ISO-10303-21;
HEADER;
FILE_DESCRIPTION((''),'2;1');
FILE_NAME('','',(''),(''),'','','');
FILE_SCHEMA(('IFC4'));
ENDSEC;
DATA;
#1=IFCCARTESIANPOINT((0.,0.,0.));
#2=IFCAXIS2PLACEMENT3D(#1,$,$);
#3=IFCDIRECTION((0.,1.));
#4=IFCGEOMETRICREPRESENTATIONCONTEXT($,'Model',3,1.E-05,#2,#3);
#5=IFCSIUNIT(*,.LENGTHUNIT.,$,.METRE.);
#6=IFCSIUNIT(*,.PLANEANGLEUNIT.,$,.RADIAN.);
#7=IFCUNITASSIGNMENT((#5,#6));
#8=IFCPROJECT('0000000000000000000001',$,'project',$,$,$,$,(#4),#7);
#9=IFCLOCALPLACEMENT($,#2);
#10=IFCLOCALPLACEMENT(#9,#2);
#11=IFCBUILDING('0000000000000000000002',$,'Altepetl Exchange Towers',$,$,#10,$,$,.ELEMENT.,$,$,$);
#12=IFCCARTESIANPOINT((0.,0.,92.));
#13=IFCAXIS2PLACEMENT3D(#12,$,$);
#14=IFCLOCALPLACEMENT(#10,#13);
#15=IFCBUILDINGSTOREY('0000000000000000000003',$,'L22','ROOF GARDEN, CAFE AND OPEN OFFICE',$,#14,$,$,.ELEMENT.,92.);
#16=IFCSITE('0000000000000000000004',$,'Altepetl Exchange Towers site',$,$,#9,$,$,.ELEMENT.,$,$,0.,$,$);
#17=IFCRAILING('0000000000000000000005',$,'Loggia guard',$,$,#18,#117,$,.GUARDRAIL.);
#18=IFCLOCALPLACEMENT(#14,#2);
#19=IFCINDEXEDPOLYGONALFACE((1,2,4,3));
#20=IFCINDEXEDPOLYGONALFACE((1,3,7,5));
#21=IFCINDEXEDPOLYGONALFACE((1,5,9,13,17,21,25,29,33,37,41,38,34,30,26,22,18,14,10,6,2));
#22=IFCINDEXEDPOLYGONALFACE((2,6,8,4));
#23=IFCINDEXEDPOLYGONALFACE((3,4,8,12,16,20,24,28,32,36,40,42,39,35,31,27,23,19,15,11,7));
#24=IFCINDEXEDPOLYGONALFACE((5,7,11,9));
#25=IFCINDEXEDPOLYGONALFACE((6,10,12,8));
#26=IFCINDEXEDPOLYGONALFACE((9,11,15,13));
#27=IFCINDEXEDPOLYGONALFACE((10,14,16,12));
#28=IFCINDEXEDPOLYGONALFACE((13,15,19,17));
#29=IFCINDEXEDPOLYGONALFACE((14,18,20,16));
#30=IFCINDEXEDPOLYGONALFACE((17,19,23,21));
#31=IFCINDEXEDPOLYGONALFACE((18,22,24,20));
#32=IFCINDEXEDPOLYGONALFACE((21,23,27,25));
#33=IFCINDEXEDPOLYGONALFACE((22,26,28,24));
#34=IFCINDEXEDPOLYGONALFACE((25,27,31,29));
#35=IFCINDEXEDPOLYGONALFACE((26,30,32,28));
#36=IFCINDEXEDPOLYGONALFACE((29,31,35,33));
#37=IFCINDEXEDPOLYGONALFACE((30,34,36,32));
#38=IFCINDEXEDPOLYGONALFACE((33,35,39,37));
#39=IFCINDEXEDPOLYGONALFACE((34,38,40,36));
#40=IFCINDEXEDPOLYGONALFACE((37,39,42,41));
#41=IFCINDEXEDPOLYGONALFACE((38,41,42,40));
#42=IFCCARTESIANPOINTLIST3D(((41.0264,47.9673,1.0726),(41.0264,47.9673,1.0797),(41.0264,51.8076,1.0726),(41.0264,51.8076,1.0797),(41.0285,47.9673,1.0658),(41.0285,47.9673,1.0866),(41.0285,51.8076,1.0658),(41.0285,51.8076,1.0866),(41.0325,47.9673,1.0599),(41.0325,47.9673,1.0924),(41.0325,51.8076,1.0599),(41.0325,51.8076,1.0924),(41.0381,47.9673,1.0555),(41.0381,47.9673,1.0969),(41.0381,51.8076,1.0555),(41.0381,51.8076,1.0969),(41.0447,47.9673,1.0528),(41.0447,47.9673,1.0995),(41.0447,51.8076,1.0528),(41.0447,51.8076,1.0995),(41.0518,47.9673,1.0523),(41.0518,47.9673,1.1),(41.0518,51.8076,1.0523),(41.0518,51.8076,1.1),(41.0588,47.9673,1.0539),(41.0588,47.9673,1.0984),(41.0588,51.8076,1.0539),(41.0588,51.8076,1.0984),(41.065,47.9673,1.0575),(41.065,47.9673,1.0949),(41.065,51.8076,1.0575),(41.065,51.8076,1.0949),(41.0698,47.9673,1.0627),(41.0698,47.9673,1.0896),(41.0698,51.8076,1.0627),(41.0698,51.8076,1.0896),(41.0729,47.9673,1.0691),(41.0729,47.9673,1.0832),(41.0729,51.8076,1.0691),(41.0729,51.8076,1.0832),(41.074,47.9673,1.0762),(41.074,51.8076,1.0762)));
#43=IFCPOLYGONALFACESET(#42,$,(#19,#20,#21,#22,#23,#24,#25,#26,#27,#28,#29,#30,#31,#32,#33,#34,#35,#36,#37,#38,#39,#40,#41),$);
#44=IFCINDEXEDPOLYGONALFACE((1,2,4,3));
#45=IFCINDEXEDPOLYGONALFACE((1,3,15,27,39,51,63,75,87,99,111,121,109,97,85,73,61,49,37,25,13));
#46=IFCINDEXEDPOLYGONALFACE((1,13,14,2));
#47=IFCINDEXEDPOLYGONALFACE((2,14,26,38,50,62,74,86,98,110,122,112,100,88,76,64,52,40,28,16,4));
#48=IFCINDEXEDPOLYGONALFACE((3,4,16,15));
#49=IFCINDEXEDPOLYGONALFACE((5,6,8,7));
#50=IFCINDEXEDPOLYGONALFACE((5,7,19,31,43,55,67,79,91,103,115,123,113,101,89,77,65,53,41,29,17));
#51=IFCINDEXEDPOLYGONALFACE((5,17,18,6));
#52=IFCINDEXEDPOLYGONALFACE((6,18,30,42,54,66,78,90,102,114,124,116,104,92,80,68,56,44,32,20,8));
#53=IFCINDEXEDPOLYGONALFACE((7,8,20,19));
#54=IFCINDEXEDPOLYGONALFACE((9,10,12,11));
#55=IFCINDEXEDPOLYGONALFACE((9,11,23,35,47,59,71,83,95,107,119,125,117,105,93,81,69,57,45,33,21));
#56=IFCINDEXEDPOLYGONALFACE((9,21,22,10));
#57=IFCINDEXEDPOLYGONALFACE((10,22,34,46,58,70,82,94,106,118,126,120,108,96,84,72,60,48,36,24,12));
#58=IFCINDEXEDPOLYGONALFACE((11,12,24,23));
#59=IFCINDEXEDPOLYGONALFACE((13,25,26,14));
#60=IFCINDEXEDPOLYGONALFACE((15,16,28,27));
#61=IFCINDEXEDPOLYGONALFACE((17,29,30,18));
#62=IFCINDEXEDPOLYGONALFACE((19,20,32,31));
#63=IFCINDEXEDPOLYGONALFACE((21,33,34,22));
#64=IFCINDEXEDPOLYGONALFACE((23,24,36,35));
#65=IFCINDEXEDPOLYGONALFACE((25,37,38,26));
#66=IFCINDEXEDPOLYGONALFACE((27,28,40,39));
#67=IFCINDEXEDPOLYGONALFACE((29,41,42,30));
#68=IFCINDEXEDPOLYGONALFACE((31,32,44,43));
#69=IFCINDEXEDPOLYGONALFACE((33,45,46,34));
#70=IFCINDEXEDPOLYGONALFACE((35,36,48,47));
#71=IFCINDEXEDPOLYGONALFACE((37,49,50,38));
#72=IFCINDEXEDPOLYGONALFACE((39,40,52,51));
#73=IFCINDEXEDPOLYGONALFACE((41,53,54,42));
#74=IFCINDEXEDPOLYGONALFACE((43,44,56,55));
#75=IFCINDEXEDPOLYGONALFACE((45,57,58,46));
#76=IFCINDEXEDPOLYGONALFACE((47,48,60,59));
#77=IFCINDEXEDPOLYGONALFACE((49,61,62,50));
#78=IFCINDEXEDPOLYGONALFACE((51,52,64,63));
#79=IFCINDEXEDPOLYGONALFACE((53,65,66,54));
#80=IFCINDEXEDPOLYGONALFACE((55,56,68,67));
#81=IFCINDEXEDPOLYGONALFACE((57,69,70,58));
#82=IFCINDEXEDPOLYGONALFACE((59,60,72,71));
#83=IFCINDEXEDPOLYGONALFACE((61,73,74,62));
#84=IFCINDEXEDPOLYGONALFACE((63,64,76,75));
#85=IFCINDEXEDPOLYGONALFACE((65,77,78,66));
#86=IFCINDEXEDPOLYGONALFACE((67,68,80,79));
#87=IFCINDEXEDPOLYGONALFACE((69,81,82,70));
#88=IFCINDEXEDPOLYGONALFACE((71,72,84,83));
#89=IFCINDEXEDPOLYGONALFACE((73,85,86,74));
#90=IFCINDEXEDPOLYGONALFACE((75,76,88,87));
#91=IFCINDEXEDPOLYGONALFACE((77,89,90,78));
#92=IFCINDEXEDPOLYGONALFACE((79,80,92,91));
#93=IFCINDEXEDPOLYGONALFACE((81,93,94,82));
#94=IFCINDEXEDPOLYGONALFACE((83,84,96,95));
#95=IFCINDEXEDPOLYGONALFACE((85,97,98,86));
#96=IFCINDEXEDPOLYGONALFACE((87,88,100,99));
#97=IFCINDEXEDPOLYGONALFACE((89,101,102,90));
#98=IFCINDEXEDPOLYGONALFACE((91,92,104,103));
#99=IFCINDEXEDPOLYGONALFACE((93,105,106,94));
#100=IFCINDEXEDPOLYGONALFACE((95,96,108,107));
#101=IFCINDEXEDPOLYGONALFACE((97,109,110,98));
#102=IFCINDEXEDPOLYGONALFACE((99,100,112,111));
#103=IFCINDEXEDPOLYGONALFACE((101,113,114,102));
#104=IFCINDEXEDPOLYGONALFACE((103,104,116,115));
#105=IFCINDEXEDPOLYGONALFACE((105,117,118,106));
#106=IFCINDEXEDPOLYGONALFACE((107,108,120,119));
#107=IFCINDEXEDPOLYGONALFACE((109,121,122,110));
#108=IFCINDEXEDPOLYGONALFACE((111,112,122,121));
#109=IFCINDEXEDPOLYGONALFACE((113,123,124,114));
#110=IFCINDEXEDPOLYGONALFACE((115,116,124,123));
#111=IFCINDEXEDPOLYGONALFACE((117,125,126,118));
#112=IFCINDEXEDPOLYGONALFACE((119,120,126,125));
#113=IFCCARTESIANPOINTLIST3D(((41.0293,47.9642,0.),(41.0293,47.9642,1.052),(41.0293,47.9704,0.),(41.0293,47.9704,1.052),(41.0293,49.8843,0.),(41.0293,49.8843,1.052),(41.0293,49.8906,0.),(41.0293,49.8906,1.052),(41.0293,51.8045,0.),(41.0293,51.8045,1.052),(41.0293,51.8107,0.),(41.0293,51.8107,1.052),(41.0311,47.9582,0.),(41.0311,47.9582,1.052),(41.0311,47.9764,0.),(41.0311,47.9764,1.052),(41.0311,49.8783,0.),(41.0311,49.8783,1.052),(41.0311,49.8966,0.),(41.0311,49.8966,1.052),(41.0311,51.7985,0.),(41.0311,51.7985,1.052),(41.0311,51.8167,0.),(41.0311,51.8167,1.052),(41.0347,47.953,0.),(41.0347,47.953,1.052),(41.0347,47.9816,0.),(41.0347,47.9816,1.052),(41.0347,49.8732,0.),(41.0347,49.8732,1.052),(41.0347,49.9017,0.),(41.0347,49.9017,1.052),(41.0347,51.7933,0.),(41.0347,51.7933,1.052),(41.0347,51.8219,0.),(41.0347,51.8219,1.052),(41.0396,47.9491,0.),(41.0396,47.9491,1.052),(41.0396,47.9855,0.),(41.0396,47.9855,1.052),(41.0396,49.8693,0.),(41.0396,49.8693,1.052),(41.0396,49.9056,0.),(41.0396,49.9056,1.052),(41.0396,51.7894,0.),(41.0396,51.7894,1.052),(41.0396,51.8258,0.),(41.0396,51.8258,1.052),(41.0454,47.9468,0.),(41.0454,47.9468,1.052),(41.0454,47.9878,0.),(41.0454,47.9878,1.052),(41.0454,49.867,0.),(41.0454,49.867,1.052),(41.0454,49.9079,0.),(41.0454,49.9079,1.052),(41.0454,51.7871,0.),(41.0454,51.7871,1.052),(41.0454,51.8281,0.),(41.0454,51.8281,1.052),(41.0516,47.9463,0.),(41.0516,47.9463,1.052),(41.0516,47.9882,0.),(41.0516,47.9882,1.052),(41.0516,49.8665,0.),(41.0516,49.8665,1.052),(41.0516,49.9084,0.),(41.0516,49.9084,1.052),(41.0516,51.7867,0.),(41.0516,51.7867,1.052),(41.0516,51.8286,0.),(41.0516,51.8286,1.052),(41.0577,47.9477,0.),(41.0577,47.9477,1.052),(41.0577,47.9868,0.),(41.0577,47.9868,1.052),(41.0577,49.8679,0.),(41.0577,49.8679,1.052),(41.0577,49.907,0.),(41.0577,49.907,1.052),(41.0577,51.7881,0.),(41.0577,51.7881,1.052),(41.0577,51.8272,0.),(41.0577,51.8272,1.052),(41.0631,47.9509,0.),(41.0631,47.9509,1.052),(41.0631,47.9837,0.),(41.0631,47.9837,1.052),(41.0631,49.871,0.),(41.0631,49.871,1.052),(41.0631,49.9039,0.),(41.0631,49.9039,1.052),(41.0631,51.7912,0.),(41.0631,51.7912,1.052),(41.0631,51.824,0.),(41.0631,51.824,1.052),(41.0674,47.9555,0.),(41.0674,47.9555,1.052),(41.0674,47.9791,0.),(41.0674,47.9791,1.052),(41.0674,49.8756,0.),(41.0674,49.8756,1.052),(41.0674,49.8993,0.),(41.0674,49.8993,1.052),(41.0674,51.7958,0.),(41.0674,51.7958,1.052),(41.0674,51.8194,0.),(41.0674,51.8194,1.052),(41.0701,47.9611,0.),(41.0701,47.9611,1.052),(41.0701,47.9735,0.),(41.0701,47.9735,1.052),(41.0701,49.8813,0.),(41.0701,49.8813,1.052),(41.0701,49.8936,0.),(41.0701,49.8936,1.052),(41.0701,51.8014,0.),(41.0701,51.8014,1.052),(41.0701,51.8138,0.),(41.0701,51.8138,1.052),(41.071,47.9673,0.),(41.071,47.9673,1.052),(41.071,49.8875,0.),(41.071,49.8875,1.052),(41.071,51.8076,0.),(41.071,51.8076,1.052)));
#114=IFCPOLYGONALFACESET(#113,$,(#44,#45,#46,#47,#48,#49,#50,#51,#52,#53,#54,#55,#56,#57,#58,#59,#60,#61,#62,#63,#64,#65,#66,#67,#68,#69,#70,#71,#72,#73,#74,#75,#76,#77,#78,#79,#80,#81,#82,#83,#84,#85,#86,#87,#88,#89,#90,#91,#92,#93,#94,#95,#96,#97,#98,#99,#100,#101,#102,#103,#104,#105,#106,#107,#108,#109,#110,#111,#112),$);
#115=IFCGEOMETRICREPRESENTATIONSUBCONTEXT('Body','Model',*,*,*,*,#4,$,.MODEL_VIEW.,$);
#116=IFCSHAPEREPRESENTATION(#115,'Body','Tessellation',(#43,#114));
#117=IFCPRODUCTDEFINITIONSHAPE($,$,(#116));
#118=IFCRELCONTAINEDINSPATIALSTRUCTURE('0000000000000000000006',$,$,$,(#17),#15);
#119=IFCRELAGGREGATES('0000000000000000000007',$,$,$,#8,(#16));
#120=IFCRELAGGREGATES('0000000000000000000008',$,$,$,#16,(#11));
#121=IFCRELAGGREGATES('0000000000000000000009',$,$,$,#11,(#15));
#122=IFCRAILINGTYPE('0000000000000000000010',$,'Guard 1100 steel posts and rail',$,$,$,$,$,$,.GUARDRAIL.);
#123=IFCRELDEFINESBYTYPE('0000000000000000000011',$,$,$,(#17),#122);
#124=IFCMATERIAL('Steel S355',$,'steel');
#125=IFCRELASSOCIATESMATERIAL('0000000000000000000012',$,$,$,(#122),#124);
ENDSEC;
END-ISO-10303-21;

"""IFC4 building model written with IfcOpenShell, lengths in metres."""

from ifc_helpers import new_model, si_unit, direction, frame, origin, origin_2d, place, context, subcontext, project, spatial, circle, extrude, source, transform, mapped, material, type_object, element, save


model = new_model("IFC4")

# Units and contexts
model_context = context("Model", 3, precision=1e-05, world=origin(), true_north=direction((0.0, 1.0)))
body_context = subcontext(model_context, "Body", "Model", "MODEL_VIEW")
ifc_project = project(units=[si_unit("LENGTHUNIT", "METRE"), si_unit("PLANEANGLEUNIT", "RADIAN")], contexts=[model_context])

# Site, building, storey
site_placement = place(None, origin())
site = spatial("IfcSite", under=ifc_project, at=site_placement, Name="Altepetl Exchange Towers site", CompositionType="ELEMENT", RefElevation=0.0)
building_placement = place(site_placement, origin())
building = spatial("IfcBuilding", under=site, at=building_placement, Name="Altepetl Exchange Towers", CompositionType="ELEMENT")
storey_placement = place(building_placement, frame((0.0, 0.0, 92.0)))
storey = spatial("IfcBuildingStorey", under=building, at=storey_placement, Name="L22", Description="ROOF GARDEN, CAFE AND OPEN OFFICE", CompositionType="ELEMENT", Elevation=92.0)

# Railing
ifc_material_1 = material(Name="Steel S355", Category="steel")
railing_type_1 = type_object("IfcRailingType", Name="Guard 1100 steel posts and rail", PredefinedType="GUARDRAIL", material=ifc_material_1)
shared_shape_1 = source(origin(), body_context, "Body", "SweptSolid", [
    extrude(circle(Radius=0.021, at=origin_2d()), origin(), (0.0, 0.0, 1.0), 1.052),
])
railing_1_placement = place(storey_placement, frame((41.05, 51.8076, 0.0)))
element("IfcRailing", 1, at=railing_1_placement, inside=storey, type_object=railing_type_1, Name="Loggia guard", PredefinedType="GUARDRAIL", context=body_context, shape_type="SweptSolid", body=[
    extrude(circle(Radius=0.0239, at=origin_2d()), frame((0.0, 0.0, 1.0762), z_axis=(0.0, -1.0, 0.0), x_axis=(1.0, 0.0, 0.0)), (0.0, 0.0, 1.0), 3.8403),
    mapped(shared_shape_1, transform((0.0, 0.0, 0.0))),
    mapped(shared_shape_1, transform((0.0, -1.9202, 0.0))),
    mapped(shared_shape_1, transform((0.0, -3.8403, 0.0))),
])

save(model, "model.ifc")
